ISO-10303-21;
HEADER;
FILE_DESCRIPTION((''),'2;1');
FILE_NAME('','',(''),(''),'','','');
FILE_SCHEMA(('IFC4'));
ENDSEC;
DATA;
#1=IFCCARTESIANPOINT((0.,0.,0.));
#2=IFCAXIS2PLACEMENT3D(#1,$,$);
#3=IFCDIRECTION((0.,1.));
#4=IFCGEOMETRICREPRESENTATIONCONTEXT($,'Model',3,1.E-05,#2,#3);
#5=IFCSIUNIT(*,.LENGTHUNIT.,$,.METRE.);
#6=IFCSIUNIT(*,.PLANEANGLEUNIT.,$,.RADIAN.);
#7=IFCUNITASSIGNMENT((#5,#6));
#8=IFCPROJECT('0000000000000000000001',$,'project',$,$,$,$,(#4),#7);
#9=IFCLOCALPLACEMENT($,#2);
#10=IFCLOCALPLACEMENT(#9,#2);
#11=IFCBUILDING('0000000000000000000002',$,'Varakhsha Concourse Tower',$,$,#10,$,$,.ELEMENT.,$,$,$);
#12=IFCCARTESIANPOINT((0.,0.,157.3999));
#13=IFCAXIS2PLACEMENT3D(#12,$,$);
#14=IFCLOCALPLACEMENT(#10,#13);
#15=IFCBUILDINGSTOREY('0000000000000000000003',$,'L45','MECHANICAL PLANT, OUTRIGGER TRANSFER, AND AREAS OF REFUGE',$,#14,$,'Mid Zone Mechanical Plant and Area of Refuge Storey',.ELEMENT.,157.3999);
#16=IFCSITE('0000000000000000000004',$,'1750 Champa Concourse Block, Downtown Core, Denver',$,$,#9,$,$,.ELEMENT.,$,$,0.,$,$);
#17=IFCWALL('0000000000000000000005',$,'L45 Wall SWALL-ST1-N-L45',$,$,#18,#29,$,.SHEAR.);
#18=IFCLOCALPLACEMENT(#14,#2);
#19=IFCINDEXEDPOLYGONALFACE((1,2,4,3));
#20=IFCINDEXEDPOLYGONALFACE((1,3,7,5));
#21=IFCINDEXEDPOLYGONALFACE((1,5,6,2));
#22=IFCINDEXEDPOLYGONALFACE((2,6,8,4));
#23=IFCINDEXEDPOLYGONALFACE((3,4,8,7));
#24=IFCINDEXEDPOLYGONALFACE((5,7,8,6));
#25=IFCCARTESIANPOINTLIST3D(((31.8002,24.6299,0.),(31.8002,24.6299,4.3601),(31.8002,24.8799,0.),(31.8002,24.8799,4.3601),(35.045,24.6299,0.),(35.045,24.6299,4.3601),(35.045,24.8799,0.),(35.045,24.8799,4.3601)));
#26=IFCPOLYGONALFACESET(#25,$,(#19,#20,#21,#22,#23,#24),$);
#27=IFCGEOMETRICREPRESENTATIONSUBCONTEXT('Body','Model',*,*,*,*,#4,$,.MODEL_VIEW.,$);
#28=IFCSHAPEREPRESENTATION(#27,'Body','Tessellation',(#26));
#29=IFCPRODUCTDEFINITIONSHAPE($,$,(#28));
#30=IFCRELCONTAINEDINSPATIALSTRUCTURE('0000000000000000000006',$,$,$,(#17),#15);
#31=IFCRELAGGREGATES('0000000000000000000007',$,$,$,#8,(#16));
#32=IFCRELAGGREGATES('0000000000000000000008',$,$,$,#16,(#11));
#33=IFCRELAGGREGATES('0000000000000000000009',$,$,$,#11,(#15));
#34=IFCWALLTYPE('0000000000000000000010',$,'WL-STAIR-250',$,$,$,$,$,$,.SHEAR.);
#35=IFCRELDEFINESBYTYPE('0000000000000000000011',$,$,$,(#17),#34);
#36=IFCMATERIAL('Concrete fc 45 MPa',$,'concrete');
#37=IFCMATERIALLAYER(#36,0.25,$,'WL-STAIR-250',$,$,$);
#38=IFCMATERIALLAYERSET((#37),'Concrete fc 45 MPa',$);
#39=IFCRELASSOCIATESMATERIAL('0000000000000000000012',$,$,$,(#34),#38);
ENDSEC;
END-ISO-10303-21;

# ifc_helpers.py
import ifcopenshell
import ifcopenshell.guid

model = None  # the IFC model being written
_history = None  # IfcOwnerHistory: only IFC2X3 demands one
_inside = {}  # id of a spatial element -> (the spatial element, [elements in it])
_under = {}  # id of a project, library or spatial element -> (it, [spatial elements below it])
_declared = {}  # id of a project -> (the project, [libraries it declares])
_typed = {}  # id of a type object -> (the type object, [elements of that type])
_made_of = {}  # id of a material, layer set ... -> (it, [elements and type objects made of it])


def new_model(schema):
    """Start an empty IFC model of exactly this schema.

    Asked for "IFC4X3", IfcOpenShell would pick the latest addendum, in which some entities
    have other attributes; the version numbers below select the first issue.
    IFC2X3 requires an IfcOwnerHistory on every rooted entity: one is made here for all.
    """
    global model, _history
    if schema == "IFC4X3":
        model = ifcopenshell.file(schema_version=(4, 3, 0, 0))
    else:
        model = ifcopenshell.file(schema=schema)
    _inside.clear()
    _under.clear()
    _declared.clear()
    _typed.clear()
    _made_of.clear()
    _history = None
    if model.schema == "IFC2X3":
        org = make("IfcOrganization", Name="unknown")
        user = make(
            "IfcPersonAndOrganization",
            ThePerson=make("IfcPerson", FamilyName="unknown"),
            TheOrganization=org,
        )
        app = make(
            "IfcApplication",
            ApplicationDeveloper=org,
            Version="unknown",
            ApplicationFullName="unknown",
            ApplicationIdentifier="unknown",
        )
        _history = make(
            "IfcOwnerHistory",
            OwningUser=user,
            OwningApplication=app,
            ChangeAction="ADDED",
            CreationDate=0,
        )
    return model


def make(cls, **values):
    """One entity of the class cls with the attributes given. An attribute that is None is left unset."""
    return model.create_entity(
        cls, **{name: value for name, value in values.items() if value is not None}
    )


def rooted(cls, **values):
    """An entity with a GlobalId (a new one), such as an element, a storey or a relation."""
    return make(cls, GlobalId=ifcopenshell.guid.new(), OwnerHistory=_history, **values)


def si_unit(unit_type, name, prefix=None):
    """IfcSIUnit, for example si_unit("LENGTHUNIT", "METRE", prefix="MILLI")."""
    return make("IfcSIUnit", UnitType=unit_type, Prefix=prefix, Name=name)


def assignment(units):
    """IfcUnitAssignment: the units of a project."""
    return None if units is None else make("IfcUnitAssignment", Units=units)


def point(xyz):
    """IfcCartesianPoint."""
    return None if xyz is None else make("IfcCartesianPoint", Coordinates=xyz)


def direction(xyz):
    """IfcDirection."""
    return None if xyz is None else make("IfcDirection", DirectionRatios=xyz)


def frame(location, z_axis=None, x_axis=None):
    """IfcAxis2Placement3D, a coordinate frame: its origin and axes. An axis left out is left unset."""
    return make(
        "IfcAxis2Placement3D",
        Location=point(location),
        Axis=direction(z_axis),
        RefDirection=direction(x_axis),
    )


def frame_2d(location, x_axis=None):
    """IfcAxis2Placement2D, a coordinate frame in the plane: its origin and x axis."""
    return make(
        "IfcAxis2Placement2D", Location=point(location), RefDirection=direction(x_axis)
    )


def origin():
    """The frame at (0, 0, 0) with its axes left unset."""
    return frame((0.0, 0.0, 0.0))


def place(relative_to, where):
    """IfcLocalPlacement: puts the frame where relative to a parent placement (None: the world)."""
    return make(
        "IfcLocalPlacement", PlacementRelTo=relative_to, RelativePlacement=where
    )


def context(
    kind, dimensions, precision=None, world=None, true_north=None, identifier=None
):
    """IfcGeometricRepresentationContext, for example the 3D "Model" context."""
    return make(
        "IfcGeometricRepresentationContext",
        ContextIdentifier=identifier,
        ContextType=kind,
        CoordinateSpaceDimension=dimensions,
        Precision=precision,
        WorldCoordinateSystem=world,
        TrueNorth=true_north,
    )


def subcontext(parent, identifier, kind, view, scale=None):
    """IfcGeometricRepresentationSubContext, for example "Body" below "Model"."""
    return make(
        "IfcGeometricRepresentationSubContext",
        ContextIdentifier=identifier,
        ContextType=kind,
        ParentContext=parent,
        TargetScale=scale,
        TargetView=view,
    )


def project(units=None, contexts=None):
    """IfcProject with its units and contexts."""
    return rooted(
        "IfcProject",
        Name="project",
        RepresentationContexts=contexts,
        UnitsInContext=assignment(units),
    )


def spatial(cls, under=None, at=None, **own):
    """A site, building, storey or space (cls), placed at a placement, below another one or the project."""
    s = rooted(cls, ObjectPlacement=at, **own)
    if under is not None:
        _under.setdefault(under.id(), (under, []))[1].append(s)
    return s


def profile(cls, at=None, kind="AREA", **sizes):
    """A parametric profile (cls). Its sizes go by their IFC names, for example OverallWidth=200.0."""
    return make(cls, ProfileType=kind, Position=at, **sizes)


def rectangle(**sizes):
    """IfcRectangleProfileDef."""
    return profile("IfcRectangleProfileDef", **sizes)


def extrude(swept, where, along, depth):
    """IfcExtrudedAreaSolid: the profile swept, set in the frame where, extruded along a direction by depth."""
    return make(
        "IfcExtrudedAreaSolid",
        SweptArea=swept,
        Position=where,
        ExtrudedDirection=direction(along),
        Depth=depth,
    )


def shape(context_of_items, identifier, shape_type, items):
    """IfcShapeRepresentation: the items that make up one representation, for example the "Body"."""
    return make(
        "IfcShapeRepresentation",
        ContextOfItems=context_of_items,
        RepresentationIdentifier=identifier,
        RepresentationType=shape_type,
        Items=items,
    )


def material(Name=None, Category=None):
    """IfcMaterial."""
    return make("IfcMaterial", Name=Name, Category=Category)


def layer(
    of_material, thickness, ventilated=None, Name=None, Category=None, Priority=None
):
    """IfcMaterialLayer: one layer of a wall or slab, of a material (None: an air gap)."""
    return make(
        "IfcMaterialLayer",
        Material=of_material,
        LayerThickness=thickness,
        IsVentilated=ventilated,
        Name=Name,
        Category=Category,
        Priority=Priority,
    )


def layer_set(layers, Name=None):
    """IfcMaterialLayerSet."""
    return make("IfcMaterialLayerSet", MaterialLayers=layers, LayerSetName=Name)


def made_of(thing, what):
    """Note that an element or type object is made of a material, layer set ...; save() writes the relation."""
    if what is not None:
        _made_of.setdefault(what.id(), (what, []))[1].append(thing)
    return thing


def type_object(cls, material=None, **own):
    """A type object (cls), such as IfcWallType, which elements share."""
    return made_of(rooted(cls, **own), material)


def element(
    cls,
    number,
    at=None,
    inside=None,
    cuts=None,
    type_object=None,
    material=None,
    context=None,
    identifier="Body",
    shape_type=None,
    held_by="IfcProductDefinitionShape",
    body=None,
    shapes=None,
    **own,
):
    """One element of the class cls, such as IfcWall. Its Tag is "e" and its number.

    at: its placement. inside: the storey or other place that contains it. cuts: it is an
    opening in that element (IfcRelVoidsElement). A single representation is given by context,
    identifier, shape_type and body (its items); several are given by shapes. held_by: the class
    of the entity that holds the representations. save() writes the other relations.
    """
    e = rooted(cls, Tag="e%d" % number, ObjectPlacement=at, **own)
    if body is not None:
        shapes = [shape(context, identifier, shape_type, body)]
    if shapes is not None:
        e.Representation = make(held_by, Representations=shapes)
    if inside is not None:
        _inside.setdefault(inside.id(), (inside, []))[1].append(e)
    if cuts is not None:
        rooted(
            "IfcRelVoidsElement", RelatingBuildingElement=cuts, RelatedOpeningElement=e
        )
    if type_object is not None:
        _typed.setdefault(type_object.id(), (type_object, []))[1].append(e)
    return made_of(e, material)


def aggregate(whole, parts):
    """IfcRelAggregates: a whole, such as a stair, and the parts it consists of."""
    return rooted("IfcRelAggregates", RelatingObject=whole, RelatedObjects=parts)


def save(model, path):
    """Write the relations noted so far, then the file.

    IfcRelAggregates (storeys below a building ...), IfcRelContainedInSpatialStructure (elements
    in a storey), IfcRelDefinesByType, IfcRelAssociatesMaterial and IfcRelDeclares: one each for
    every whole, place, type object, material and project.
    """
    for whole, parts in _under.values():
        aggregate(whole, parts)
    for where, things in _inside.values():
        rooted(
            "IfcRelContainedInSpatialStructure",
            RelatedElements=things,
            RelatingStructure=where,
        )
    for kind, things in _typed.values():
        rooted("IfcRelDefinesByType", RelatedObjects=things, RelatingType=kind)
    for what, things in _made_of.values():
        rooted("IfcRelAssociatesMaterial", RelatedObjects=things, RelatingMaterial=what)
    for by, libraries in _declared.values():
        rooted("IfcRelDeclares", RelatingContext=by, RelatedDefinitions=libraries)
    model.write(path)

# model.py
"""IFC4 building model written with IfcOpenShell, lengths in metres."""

from ifc_helpers import new_model, si_unit, direction, frame, frame_2d, origin, place, context, subcontext, project, spatial, rectangle, extrude, material, layer, layer_set, type_object, element, save


model = new_model("IFC4")

# Units and contexts
model_context = context("Model", 3, precision=1e-05, world=origin(), true_north=direction((0.0, 1.0)))
body_context = subcontext(model_context, "Body", "Model", "MODEL_VIEW")
ifc_project = project(units=[si_unit("LENGTHUNIT", "METRE"), si_unit("PLANEANGLEUNIT", "RADIAN")], contexts=[model_context])

# Site, building, storey
site_placement = place(None, origin())
site = spatial("IfcSite", under=ifc_project, at=site_placement, Name="1750 Champa Concourse Block, Downtown Core, Denver", CompositionType="ELEMENT", RefElevation=0.0)
building_placement = place(site_placement, origin())
building = spatial("IfcBuilding", under=site, at=building_placement, Name="Varakhsha Concourse Tower", CompositionType="ELEMENT")
storey_placement = place(building_placement, frame((0.0, 0.0, 157.3999)))
storey = spatial("IfcBuildingStorey", under=building, at=storey_placement, Name="L45", Description="MECHANICAL PLANT, OUTRIGGER TRANSFER, AND AREAS OF REFUGE", LongName="Mid Zone Mechanical Plant and Area of Refuge Storey", CompositionType="ELEMENT", Elevation=157.3999)

# Wall
ifc_material_1 = material(Name="Concrete fc 45 MPa", Category="concrete")
ifc_layer_1 = layer(ifc_material_1, 0.25, Name="WL-STAIR-250")
ifc_layer_set_1 = layer_set([ifc_layer_1], Name="Concrete fc 45 MPa")
wall_type_1 = type_object("IfcWallType", Name="WL-STAIR-250", PredefinedType="SHEAR", material=ifc_layer_set_1)
wall_1_placement = place(storey_placement, frame((31.8, 24.7549, 0.0), z_axis=(0.0, 0.0, 1.0), x_axis=(1.0, 0.0, 0.0)))
element("IfcWall", 1, at=wall_1_placement, inside=storey, type_object=wall_type_1, Name="L45 Wall SWALL-ST1-N-L45", PredefinedType="SHEAR", context=body_context, shape_type="SweptSolid", body=[
    extrude(rectangle(XDim=3.2449, YDim=0.25, at=frame_2d((1.6226, 0.0))), origin(), (0.0, 0.0, 1.0), 4.3601),
])

save(model, "model.ifc")
